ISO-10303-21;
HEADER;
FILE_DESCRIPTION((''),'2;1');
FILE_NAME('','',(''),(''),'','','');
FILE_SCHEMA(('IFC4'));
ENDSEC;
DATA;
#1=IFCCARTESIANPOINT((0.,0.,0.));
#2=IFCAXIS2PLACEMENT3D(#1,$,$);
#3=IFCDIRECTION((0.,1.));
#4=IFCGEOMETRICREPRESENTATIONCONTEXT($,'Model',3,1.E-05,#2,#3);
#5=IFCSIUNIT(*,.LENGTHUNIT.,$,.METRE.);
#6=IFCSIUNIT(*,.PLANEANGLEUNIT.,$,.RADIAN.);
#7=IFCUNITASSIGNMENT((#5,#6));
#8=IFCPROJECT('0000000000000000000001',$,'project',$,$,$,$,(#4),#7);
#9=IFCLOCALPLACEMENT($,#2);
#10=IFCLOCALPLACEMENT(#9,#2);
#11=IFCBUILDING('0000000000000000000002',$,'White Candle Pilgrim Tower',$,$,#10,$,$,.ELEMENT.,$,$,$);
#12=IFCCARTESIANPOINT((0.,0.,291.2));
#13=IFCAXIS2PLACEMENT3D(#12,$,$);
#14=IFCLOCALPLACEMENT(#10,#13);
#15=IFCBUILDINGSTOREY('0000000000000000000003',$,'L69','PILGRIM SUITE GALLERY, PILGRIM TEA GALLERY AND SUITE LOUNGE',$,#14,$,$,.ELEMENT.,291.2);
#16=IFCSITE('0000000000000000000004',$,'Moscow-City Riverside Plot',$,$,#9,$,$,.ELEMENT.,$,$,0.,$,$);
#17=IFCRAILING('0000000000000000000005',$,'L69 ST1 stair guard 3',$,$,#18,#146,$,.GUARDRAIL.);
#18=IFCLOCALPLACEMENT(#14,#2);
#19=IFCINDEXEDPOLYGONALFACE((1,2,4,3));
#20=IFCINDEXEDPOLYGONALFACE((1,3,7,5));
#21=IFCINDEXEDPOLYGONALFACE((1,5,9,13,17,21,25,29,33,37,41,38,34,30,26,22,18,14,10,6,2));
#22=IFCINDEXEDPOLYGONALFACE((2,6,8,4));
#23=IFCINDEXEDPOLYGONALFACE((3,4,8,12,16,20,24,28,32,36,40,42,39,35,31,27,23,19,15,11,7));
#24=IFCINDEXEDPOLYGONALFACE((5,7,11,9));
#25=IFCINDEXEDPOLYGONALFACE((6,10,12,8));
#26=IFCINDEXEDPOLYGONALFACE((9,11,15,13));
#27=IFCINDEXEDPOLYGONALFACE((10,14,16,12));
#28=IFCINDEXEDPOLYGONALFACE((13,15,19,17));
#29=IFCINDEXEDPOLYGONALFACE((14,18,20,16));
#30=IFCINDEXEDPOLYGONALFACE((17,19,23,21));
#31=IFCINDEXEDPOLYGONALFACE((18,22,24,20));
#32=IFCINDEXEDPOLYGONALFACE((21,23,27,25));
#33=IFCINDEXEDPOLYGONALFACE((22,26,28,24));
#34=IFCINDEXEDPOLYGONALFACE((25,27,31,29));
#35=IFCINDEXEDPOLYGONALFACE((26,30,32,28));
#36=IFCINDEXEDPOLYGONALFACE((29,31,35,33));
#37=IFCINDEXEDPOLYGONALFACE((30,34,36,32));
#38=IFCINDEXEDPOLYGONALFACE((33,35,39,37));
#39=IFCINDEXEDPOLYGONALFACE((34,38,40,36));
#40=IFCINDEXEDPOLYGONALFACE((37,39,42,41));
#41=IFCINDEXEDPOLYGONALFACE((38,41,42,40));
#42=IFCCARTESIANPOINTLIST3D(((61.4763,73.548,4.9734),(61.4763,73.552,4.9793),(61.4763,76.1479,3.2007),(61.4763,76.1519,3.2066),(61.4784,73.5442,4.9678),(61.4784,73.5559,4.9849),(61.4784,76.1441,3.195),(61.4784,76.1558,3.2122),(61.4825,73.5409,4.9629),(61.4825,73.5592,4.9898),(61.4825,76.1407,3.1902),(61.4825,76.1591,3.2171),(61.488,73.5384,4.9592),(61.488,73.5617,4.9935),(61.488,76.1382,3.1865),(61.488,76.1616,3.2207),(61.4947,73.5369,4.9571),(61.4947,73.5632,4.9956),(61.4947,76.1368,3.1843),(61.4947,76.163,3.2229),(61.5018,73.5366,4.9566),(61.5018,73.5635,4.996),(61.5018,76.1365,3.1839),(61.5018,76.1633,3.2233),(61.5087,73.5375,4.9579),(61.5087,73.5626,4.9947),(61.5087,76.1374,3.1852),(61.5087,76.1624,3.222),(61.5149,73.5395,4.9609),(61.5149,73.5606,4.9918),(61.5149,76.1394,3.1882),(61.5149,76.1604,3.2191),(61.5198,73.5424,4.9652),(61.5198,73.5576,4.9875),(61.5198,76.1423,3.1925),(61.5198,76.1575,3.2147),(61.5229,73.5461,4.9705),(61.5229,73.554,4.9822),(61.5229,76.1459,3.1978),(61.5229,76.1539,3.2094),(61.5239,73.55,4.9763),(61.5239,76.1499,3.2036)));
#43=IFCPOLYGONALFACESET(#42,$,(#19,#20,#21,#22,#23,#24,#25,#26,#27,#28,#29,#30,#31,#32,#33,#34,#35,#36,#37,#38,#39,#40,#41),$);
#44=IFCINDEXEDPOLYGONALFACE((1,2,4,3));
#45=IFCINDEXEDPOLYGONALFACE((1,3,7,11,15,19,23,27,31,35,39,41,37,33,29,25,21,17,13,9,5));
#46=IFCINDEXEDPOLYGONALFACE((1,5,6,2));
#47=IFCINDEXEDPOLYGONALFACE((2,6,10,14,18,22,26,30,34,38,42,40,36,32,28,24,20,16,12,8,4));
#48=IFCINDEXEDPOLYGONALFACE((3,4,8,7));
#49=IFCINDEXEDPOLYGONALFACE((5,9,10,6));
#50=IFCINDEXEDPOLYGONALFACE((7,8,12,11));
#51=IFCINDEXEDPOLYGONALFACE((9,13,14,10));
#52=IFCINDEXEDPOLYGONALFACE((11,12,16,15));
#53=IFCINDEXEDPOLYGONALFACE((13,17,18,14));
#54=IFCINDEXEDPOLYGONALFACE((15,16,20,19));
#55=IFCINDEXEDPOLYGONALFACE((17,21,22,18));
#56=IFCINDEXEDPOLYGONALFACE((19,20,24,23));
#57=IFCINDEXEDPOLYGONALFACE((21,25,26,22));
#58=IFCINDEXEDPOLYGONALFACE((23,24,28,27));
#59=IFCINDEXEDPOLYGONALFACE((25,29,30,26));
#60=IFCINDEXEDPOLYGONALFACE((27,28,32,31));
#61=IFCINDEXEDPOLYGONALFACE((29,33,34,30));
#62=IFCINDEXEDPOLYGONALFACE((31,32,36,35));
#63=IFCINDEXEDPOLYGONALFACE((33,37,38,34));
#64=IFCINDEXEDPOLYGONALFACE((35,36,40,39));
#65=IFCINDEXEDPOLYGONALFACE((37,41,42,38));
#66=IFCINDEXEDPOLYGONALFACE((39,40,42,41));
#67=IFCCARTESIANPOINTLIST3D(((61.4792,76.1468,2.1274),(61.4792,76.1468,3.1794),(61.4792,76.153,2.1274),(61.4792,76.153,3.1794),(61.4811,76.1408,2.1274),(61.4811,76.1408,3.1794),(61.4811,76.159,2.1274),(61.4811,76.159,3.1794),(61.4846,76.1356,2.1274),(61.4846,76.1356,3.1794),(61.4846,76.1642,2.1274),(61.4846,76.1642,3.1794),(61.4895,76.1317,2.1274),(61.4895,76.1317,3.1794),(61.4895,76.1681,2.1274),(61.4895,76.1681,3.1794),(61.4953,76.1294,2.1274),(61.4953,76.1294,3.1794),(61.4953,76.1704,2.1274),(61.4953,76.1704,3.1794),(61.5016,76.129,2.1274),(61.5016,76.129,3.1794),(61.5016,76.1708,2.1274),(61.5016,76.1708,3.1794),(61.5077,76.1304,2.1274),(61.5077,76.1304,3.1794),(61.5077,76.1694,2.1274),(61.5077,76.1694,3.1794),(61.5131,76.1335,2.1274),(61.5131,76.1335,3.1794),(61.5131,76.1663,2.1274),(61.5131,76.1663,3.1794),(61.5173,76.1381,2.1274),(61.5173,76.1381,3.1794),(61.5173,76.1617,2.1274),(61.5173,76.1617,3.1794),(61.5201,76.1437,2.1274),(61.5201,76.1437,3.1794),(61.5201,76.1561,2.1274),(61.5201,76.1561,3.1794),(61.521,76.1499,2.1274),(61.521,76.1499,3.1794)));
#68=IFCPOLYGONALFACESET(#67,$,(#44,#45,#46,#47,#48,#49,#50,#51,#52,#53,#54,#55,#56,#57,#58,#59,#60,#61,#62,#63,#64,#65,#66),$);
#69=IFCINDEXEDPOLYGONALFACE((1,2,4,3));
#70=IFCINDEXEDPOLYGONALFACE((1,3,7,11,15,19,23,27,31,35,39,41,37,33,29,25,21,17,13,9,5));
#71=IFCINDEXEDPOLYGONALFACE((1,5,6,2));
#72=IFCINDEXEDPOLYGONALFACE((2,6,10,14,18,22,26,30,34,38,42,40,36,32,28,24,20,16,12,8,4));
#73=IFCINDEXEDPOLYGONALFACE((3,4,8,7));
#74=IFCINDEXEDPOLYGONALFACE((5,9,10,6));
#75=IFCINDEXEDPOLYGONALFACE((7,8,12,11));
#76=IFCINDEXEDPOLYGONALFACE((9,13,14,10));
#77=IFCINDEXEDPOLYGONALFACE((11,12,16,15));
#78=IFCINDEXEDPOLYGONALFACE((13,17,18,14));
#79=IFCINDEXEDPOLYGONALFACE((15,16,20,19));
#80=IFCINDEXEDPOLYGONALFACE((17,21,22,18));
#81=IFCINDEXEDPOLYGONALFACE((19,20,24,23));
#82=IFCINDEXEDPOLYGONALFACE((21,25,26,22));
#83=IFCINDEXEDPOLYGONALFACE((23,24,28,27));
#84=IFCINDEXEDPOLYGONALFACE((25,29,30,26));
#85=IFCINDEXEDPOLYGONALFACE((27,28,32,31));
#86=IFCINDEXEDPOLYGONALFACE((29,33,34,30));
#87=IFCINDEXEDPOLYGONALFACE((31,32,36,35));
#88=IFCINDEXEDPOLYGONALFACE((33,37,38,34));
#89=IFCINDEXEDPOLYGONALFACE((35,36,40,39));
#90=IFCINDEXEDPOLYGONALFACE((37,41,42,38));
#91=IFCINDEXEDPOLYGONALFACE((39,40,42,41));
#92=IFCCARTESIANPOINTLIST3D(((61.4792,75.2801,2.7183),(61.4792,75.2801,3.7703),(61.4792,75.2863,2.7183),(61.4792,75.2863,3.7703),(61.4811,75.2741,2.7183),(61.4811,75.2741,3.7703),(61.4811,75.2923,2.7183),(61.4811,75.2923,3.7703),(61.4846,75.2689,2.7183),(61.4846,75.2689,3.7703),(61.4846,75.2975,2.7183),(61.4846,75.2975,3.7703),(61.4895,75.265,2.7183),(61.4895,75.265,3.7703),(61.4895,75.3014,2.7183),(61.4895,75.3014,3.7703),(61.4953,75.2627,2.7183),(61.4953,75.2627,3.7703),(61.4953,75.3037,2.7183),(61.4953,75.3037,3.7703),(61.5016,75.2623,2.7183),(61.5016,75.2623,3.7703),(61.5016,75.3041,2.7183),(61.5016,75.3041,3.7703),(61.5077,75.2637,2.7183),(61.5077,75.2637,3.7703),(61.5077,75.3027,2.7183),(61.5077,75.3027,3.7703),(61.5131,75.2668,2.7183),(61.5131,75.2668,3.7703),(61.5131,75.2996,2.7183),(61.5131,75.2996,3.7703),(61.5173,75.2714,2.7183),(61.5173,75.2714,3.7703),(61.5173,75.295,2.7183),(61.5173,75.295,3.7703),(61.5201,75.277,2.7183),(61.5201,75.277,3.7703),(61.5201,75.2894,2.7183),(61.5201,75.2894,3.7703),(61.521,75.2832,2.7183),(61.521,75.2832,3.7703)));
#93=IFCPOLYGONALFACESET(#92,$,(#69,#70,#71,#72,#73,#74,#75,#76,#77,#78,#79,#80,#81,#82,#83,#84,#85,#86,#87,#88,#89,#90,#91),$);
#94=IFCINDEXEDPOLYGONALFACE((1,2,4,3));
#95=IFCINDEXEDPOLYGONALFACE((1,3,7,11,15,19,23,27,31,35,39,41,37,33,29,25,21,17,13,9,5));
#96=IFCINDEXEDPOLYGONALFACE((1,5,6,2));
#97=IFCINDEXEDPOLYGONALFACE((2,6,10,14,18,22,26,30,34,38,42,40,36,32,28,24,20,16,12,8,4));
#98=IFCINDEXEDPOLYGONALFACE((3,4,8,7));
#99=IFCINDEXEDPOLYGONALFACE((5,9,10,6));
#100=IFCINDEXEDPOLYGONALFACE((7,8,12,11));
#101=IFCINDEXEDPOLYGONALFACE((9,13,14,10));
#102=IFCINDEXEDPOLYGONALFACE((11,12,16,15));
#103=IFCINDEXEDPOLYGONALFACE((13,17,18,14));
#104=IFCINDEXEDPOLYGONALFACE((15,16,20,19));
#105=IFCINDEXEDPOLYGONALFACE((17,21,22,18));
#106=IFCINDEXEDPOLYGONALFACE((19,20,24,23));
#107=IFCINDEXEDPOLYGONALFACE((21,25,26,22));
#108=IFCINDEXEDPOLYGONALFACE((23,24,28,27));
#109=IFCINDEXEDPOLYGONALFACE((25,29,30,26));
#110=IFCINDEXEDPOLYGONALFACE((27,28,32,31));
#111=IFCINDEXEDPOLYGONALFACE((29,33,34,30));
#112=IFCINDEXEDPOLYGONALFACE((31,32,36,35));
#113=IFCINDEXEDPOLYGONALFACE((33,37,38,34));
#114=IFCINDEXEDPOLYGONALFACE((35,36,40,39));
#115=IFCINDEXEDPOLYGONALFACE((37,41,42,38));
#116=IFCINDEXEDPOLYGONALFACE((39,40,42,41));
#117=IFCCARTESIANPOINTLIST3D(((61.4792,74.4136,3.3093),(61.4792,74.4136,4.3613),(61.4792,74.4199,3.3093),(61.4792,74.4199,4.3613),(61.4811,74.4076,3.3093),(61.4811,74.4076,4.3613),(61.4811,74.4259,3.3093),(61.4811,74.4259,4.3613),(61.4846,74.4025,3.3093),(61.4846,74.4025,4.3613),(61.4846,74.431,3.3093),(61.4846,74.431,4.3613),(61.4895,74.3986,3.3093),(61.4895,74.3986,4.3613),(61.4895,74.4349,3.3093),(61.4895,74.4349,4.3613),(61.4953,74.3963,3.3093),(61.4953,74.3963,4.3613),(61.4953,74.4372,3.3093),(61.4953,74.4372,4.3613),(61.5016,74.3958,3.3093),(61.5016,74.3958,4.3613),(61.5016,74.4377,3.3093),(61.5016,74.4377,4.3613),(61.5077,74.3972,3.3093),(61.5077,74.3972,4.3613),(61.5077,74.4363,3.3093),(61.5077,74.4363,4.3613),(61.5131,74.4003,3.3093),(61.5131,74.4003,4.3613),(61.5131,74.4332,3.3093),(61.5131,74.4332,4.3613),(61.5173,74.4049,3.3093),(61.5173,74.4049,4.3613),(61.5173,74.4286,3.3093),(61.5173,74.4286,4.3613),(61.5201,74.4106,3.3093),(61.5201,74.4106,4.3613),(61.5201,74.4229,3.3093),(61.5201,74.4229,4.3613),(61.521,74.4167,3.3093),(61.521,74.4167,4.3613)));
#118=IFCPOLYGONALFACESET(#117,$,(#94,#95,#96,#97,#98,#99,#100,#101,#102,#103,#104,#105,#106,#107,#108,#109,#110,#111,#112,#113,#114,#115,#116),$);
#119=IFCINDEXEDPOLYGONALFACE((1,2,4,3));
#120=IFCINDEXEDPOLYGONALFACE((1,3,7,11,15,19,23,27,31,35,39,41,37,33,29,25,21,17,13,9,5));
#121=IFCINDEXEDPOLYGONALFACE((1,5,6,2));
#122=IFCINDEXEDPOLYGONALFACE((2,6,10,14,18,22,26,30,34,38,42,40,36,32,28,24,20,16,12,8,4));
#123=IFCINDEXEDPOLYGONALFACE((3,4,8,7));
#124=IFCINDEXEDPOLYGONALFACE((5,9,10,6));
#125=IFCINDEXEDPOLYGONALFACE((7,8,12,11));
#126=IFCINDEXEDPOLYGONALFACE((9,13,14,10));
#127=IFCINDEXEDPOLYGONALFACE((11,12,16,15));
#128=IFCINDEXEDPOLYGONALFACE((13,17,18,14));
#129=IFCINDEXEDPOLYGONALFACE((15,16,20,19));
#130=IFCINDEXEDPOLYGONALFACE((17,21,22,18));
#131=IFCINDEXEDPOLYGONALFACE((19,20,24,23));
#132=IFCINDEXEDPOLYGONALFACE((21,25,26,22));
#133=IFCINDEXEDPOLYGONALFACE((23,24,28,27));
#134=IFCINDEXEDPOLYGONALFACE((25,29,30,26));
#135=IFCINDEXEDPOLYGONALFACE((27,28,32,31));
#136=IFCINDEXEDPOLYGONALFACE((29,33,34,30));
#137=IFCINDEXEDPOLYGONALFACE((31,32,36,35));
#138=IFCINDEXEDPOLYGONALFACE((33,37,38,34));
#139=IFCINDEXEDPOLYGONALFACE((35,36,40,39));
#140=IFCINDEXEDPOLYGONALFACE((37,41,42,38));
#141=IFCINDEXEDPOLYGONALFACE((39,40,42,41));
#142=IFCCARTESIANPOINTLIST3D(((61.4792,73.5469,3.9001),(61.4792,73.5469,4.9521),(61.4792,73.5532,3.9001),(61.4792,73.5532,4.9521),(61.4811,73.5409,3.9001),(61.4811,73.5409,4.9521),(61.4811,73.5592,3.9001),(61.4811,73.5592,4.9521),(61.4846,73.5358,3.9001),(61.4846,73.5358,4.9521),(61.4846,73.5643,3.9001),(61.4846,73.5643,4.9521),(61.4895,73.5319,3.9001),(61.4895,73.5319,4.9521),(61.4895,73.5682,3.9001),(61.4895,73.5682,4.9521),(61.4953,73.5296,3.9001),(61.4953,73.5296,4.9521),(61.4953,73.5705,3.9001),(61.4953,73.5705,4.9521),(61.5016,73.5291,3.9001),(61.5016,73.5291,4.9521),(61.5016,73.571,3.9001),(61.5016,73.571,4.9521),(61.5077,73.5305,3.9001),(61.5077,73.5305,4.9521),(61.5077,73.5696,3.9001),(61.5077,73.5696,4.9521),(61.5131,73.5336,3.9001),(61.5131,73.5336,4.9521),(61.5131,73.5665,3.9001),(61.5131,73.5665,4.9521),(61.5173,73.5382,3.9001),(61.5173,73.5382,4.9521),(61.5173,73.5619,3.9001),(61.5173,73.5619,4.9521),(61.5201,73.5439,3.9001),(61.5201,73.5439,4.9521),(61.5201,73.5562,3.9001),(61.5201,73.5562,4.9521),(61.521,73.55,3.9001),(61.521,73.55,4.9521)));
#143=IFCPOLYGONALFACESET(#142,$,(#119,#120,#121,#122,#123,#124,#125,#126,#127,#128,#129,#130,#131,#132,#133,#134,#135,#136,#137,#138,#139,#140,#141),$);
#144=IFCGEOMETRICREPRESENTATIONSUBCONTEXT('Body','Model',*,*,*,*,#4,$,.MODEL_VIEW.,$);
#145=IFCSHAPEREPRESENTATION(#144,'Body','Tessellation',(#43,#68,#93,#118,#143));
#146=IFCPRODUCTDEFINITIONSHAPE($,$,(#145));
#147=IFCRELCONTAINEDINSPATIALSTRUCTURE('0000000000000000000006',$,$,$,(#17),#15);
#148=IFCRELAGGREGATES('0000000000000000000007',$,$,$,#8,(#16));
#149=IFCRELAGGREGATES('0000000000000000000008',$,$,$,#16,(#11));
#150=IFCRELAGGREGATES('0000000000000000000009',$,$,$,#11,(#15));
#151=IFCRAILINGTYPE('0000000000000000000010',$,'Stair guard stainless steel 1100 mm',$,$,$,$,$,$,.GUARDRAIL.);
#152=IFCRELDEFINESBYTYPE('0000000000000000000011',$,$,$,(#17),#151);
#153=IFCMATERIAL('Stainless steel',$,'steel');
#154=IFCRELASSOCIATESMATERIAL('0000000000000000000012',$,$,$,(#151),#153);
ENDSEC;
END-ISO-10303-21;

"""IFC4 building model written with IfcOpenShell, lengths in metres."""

from ifc_helpers import new_model, si_unit, direction, frame, origin, origin_2d, place, context, subcontext, project, spatial, circle, extrude, material, type_object, element, save


model = new_model("IFC4")

# Units and contexts
model_context = context("Model", 3, precision=1e-05, world=origin(), true_north=direction((0.0, 1.0)))
body_context = subcontext(model_context, "Body", "Model", "MODEL_VIEW")
ifc_project = project(units=[si_unit("LENGTHUNIT", "METRE"), si_unit("PLANEANGLEUNIT", "RADIAN")], contexts=[model_context])

# Site, building, storey
site_placement = place(None, origin())
site = spatial("IfcSite", under=ifc_project, at=site_placement, Name="Moscow-City Riverside Plot", CompositionType="ELEMENT", RefElevation=0.0)
building_placement = place(site_placement, origin())
building = spatial("IfcBuilding", under=site, at=building_placement, Name="White Candle Pilgrim Tower", CompositionType="ELEMENT")
storey_placement = place(building_placement, frame((0.0, 0.0, 291.2)))
storey = spatial("IfcBuildingStorey", under=building, at=storey_placement, Name="L69", Description="PILGRIM SUITE GALLERY, PILGRIM TEA GALLERY AND SUITE LOUNGE", CompositionType="ELEMENT", Elevation=291.2)

# Railing
ifc_material_1 = material(Name="Stainless steel", Category="steel")
railing_type_1 = type_object("IfcRailingType", Name="Stair guard stainless steel 1100 mm", PredefinedType="GUARDRAIL", material=ifc_material_1)
railing_1_placement = place(storey_placement, frame((61.5, 76.1499, 2.1274)))
element("IfcRailing", 1, at=railing_1_placement, inside=storey, type_object=railing_type_1, Name="L69 ST1 stair guard 3", PredefinedType="GUARDRAIL", context=body_context, shape_type="SweptSolid", body=[
    extrude(circle(Radius=0.0239, at=origin_2d()), frame((0.0, 0.0, 1.0762), z_axis=(0.0, -0.826216, 0.563354), x_axis=(1.0, 0.0, 0.0)), (0.0, 0.0, 1.0), 3.1467),
    extrude(circle(Radius=0.021, at=origin_2d()), origin(), (0.0, 0.0, 1.0), 1.052),
    extrude(circle(Radius=0.021, at=origin_2d()), frame((0.0, -0.8667, 0.5908)), (0.0, 0.0, 1.0), 1.052),
    extrude(circle(Radius=0.021, at=origin_2d()), frame((0.0, -1.7332, 1.1819)), (0.0, 0.0, 1.0), 1.052),
    extrude(circle(Radius=0.021, at=origin_2d()), frame((0.0, -2.5999, 1.7727)), (0.0, 0.0, 1.0), 1.052),
])

save(model, "model.ifc")
